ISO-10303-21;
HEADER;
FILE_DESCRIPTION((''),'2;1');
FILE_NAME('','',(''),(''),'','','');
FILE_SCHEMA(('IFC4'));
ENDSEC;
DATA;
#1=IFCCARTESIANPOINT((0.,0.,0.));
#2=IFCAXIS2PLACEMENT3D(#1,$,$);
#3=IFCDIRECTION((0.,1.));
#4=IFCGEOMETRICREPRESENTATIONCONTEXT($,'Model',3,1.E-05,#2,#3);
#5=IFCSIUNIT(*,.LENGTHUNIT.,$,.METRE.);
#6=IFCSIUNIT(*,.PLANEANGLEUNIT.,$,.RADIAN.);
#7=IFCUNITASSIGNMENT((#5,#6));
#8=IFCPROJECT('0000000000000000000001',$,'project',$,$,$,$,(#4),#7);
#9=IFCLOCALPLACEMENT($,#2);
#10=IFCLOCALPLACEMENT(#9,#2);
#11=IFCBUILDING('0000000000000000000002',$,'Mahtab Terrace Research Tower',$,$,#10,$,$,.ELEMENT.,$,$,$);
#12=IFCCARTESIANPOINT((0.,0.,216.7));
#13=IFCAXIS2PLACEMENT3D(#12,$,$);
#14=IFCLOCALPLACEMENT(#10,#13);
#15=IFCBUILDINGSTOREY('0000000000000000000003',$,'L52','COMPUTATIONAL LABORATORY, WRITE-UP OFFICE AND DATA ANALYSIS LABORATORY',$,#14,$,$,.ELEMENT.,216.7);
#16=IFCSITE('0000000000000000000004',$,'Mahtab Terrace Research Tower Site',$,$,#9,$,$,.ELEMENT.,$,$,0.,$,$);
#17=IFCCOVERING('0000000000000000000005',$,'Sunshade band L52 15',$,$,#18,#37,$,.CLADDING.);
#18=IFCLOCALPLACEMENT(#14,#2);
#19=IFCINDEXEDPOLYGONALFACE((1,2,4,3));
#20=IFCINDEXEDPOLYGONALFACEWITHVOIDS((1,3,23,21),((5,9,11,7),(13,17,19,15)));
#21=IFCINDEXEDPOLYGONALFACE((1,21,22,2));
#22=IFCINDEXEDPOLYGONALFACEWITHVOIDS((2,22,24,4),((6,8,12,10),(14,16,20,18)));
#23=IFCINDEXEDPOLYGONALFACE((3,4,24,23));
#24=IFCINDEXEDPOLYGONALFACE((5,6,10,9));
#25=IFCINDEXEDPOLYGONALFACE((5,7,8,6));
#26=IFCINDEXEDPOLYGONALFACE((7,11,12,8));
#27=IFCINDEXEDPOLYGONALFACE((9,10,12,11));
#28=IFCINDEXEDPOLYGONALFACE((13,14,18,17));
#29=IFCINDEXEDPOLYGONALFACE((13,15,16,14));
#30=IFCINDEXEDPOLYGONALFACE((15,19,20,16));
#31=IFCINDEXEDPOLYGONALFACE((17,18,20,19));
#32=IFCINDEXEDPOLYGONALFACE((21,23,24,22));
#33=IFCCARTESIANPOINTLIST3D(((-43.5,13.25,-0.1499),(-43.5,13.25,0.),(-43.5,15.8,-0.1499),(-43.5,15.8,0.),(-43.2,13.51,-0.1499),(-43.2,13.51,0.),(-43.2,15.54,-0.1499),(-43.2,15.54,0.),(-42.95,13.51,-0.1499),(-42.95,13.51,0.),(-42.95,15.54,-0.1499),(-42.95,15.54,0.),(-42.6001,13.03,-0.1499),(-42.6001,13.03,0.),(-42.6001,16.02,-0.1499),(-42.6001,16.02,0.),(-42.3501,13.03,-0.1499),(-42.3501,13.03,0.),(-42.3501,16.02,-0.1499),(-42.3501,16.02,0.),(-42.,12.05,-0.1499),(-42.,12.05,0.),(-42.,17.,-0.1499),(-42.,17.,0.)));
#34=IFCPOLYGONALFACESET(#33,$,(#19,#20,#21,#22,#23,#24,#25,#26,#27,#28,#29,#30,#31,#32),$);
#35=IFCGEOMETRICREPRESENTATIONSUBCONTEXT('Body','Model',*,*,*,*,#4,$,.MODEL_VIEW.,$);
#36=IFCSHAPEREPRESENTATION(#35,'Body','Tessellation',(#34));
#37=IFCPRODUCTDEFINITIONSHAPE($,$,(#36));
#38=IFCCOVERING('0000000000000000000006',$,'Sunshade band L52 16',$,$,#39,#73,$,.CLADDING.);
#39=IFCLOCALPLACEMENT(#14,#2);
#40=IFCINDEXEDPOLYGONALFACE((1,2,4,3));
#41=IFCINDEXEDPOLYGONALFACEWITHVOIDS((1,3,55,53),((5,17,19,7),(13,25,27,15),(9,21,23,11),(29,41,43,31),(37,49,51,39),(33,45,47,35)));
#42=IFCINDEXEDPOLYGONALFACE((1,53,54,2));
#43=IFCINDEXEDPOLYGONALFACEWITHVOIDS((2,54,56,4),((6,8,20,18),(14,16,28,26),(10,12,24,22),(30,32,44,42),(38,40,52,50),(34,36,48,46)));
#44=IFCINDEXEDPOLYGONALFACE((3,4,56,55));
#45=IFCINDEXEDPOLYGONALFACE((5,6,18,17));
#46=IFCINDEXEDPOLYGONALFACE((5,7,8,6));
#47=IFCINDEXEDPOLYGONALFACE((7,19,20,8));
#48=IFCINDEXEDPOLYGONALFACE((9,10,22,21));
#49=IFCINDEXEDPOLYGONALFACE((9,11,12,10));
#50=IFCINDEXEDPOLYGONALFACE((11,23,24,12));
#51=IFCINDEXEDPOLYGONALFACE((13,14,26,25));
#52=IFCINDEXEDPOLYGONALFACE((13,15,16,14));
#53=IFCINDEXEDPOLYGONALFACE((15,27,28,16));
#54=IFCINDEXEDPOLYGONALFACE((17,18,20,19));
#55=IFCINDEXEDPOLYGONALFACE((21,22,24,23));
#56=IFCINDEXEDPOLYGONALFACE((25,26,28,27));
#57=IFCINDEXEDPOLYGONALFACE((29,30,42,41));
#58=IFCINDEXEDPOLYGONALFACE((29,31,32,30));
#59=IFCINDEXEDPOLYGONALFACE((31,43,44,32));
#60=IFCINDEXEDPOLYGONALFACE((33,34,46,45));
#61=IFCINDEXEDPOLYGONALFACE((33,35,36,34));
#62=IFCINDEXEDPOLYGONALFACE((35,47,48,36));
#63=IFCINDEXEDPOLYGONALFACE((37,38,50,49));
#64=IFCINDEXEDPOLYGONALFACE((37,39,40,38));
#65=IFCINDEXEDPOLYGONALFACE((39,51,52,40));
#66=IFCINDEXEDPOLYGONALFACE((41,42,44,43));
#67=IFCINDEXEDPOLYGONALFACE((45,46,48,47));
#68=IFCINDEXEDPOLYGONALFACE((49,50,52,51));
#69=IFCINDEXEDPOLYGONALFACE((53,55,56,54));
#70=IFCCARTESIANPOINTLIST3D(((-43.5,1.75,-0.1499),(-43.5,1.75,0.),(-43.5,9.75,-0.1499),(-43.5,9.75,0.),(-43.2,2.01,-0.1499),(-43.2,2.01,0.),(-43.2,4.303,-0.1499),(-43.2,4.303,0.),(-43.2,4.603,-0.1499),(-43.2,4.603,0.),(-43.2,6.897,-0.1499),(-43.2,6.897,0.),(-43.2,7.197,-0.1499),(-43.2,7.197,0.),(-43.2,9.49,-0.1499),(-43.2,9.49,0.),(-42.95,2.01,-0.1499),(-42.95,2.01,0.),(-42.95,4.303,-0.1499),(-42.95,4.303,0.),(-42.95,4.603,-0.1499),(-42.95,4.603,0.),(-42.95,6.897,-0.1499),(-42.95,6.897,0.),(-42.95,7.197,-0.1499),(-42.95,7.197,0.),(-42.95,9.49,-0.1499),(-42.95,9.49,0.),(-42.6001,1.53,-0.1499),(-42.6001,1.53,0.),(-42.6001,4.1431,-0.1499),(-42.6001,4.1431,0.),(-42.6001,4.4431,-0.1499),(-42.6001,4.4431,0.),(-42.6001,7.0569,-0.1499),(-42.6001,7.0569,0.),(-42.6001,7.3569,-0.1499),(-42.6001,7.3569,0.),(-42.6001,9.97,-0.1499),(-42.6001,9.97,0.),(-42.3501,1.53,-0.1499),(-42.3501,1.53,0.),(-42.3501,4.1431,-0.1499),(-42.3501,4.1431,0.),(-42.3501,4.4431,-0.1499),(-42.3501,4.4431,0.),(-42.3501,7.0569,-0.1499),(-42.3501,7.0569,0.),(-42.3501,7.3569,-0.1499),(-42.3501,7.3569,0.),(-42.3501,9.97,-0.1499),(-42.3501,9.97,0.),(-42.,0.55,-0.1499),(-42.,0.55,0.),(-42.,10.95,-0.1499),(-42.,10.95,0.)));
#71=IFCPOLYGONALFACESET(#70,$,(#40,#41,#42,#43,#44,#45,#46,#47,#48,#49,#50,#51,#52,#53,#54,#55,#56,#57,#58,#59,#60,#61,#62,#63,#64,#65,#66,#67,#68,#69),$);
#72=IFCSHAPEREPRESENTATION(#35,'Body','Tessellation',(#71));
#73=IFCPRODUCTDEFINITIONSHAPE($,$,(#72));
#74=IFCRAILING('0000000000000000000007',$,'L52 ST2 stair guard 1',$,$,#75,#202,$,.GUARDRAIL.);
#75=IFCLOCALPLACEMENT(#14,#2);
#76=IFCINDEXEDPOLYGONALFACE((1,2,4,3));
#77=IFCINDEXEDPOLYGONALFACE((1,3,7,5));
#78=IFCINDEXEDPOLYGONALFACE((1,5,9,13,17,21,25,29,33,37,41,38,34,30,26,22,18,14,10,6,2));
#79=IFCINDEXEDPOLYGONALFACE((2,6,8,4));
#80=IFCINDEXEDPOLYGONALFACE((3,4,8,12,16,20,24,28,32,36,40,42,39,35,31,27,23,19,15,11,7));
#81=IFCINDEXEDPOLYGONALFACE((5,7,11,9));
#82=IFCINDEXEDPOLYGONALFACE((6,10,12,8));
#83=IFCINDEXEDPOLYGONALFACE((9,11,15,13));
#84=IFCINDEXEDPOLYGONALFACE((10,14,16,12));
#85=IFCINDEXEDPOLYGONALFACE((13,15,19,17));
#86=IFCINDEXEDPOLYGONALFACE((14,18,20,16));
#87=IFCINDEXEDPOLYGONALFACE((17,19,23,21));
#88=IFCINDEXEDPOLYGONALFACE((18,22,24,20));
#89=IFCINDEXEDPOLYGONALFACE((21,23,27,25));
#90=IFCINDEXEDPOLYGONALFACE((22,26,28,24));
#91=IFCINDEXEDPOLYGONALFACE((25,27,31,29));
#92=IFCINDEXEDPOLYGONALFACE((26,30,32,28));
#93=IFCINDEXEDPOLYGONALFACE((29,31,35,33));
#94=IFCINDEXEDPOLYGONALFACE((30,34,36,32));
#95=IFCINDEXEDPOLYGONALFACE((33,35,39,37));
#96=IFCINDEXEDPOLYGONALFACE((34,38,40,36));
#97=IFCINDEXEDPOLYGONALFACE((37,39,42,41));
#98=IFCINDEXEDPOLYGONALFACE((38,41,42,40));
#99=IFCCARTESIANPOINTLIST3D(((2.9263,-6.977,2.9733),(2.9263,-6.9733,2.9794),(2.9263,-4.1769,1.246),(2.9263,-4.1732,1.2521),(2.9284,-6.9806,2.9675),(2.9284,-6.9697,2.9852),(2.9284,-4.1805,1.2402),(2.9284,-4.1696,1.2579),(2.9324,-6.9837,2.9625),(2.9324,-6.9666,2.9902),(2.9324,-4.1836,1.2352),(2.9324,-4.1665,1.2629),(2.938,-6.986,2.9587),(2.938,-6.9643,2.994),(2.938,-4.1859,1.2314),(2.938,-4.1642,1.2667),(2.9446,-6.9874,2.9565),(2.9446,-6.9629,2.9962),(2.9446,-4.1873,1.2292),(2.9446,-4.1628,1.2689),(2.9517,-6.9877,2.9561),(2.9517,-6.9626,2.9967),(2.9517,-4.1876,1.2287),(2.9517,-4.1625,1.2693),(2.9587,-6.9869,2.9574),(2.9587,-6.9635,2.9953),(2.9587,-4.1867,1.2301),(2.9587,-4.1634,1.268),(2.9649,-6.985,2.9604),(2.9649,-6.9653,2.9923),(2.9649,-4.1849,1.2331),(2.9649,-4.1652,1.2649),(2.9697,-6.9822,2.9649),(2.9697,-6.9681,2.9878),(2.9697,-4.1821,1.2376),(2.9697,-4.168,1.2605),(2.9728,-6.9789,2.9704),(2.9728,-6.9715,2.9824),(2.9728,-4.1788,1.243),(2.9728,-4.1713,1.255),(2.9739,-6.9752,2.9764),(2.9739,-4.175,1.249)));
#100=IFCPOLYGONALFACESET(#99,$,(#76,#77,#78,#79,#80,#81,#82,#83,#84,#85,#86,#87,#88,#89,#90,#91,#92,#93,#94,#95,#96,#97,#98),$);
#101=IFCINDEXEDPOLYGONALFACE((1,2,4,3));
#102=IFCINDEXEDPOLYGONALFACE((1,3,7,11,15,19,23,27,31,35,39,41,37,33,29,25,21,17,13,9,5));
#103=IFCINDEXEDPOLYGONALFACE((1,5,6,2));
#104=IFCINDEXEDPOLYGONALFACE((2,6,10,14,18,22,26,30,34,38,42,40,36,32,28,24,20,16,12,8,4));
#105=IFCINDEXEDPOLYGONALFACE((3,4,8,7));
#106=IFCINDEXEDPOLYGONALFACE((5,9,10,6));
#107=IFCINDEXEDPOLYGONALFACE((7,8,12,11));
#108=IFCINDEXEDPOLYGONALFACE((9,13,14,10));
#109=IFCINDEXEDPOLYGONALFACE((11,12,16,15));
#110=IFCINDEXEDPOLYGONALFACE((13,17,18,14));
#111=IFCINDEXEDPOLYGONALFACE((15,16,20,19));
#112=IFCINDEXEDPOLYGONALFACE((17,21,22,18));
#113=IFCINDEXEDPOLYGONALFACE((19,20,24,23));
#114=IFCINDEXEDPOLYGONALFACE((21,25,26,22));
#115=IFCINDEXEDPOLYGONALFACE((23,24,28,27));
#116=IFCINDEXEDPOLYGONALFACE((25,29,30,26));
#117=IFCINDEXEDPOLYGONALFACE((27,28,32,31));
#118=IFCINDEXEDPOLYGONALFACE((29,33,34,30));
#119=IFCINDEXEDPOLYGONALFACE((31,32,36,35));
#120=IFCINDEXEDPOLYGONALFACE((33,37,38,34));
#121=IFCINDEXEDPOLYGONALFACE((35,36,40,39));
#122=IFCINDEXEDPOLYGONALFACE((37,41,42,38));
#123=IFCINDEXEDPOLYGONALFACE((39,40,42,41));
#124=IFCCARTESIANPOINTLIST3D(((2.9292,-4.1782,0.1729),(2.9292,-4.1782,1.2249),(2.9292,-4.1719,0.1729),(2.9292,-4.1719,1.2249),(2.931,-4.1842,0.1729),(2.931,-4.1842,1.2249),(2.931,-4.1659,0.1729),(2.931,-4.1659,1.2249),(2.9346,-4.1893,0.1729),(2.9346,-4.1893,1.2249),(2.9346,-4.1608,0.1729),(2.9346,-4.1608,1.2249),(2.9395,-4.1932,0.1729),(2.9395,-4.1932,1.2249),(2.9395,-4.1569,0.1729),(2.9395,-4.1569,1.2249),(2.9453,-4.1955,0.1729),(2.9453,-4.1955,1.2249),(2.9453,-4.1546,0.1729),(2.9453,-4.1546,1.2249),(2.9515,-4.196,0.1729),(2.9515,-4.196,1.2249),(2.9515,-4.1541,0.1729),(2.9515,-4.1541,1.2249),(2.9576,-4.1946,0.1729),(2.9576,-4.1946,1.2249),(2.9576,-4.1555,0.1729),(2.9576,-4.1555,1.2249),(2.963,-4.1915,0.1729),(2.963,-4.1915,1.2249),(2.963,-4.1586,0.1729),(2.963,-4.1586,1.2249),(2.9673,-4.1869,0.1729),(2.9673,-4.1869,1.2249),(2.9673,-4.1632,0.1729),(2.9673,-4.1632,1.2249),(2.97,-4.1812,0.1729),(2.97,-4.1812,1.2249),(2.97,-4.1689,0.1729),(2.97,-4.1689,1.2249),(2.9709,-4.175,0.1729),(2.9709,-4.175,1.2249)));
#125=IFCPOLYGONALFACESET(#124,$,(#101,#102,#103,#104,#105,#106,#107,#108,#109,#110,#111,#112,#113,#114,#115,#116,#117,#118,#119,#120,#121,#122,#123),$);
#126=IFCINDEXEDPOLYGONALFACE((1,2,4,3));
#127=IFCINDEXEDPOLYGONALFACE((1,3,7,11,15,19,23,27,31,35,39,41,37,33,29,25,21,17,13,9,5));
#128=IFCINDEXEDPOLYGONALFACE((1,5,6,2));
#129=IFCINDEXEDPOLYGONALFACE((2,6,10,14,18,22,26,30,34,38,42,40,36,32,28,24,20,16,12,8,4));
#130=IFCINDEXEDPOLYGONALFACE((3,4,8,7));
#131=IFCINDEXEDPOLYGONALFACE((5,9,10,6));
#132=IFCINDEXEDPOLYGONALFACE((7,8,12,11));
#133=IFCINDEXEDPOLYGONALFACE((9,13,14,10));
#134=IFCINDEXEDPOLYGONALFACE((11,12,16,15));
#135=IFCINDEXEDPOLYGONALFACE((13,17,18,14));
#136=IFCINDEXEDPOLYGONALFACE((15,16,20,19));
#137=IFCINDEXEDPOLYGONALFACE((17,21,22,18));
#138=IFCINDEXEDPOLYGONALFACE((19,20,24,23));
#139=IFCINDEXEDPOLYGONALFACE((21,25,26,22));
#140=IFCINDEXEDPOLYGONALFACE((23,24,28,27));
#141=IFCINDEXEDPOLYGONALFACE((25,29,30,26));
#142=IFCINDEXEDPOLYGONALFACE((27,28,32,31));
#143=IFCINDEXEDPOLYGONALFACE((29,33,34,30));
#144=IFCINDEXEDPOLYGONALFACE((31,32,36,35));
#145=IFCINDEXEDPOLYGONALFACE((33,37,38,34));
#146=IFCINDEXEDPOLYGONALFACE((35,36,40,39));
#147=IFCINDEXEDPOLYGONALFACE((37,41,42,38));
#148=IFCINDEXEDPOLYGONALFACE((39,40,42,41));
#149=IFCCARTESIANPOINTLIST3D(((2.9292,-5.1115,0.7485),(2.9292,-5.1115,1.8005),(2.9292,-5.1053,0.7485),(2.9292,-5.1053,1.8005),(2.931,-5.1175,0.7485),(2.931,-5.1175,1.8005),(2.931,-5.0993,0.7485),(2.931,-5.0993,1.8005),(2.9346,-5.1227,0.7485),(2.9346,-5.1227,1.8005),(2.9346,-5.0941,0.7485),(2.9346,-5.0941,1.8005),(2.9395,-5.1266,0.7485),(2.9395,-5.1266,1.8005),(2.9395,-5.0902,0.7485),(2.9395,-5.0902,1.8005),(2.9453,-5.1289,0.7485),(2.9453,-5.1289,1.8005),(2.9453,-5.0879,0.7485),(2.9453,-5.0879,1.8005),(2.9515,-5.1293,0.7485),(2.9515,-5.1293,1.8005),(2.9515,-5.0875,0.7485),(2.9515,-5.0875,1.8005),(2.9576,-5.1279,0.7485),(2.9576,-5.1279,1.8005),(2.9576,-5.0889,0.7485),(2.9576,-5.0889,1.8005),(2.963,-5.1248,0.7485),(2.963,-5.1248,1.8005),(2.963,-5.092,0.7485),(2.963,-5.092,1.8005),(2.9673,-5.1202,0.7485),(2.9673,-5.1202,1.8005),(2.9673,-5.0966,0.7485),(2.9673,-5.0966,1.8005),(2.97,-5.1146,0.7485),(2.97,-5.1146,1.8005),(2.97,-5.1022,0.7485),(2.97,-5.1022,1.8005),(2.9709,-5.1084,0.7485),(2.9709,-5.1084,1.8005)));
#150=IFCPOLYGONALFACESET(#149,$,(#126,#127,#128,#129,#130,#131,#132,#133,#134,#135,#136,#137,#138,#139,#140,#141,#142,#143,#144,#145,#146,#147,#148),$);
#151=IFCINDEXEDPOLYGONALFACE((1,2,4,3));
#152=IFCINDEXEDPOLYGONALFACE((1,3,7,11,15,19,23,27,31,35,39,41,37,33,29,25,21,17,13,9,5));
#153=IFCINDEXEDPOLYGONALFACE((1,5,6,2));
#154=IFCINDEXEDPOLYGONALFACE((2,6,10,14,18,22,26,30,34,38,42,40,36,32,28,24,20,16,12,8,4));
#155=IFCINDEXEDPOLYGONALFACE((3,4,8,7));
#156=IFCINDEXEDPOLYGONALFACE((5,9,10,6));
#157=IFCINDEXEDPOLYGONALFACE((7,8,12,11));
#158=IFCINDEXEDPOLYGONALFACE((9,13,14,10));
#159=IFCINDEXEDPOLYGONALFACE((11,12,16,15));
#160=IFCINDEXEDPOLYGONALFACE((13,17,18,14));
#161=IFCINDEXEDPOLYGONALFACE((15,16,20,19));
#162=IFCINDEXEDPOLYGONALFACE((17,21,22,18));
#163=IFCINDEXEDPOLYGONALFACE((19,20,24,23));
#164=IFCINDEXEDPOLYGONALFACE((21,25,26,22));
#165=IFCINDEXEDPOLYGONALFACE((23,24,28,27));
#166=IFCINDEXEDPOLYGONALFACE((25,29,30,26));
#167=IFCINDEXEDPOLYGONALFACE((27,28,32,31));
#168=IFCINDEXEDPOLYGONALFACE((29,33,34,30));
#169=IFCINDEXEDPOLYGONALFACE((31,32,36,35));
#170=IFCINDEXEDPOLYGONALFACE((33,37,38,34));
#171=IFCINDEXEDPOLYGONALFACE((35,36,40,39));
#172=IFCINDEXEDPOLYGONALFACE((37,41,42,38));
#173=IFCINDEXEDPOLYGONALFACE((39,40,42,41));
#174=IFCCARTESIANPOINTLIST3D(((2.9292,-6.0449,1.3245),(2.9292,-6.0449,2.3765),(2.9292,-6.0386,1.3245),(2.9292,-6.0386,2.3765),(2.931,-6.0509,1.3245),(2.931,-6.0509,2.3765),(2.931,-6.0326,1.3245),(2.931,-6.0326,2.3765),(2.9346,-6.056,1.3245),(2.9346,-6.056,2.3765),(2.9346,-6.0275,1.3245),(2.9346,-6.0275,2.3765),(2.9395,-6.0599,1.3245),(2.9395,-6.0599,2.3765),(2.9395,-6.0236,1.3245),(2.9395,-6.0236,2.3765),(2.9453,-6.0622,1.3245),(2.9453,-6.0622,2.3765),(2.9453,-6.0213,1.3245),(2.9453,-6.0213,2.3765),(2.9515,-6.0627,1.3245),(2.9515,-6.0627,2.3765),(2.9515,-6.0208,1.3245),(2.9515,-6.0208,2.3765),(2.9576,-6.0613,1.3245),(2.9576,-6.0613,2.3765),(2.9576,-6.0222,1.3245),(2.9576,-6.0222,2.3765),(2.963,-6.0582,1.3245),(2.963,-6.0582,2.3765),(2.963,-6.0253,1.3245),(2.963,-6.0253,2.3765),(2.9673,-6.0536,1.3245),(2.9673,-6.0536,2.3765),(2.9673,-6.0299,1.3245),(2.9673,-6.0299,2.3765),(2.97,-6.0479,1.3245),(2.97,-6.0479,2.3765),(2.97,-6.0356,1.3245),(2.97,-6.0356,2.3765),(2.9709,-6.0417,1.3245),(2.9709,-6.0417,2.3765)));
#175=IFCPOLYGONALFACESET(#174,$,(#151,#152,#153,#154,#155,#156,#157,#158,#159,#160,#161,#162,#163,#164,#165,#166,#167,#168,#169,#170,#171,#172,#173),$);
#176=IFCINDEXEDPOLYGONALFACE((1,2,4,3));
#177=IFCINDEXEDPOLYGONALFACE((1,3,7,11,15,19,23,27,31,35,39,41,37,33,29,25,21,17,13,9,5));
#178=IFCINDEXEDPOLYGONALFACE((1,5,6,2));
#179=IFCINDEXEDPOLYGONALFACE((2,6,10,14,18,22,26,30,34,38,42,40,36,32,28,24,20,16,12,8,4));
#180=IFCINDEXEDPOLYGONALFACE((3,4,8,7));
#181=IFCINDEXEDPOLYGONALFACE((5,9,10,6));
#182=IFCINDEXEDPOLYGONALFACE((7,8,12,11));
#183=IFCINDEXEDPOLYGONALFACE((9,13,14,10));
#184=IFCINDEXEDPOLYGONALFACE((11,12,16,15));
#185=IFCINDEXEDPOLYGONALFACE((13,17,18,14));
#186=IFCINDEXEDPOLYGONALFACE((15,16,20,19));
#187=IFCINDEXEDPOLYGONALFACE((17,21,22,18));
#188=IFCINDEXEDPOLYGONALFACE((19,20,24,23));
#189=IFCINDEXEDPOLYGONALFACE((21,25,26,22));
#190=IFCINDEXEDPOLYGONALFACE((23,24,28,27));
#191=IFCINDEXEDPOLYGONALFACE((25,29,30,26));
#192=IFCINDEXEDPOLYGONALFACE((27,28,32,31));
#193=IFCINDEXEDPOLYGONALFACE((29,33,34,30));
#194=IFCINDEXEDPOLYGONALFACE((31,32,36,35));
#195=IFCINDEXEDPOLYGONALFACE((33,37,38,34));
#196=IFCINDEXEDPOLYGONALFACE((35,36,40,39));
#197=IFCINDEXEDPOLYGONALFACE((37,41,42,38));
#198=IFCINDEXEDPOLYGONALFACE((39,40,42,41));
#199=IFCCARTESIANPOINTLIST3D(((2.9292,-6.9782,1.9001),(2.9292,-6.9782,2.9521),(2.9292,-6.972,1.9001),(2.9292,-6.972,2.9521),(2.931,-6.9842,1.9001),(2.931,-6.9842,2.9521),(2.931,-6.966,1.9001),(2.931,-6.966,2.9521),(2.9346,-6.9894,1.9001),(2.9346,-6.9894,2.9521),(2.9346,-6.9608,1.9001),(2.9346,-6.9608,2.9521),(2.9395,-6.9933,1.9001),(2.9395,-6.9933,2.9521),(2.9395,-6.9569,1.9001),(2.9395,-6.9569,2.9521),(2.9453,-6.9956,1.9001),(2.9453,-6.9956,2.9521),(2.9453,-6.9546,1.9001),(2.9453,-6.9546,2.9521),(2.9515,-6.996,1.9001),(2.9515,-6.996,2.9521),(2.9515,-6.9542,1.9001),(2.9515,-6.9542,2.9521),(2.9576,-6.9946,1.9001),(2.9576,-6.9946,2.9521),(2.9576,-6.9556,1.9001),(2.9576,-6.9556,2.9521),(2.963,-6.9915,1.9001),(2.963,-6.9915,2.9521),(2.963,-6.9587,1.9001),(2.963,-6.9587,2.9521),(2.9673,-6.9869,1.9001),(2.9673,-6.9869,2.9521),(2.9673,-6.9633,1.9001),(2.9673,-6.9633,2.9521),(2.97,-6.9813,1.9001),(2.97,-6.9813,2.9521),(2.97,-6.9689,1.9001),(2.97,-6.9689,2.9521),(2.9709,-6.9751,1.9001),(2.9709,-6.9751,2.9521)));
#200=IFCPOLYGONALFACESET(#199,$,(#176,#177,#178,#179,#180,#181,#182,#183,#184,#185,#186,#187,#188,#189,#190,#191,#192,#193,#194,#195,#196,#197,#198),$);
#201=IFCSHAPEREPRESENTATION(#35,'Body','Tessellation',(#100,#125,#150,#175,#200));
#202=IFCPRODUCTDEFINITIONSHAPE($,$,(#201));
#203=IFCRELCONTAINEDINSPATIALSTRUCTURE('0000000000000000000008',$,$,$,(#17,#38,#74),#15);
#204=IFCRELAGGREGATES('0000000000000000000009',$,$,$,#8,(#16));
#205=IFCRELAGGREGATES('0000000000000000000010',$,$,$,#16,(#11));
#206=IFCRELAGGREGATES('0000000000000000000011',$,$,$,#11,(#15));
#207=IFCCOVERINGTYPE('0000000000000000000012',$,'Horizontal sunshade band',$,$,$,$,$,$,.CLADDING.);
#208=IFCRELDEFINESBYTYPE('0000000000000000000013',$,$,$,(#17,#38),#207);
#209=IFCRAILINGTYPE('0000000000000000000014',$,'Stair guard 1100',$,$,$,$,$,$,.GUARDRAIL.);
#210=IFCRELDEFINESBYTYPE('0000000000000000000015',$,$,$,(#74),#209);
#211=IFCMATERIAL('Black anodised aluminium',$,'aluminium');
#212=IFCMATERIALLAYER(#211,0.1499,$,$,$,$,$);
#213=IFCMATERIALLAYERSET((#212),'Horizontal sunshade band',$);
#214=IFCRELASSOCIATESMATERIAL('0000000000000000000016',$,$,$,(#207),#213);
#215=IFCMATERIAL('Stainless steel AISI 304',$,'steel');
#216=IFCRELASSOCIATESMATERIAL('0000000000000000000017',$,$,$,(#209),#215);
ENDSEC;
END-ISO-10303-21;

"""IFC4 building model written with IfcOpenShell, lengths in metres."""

from ifc_helpers import new_model, si_unit, direction, frame, origin, origin_2d, place, context, subcontext, project, spatial, polyline, circle, outline, extrude, material, layer, layer_set, type_object, element, save


model = new_model("IFC4")

# Units and contexts
model_context = context("Model", 3, precision=1e-05, world=origin(), true_north=direction((0.0, 1.0)))
body_context = subcontext(model_context, "Body", "Model", "MODEL_VIEW")
ifc_project = project(units=[si_unit("LENGTHUNIT", "METRE"), si_unit("PLANEANGLEUNIT", "RADIAN")], contexts=[model_context])

# Site, building, storey
site_placement = place(None, origin())
site = spatial("IfcSite", under=ifc_project, at=site_placement, Name="Mahtab Terrace Research Tower Site", CompositionType="ELEMENT", RefElevation=0.0)
building_placement = place(site_placement, origin())
building = spatial("IfcBuilding", under=site, at=building_placement, Name="Mahtab Terrace Research Tower", CompositionType="ELEMENT")
storey_placement = place(building_placement, frame((0.0, 0.0, 216.7)))
storey = spatial("IfcBuildingStorey", under=building, at=storey_placement, Name="L52", Description="COMPUTATIONAL LABORATORY, WRITE-UP OFFICE AND DATA ANALYSIS LABORATORY", CompositionType="ELEMENT", Elevation=216.7)

# Coverings
ifc_material_1 = material(Name="Black anodised aluminium", Category="aluminium")
ifc_layer_1 = layer(ifc_material_1, 0.1499)
ifc_layer_set_1 = layer_set([ifc_layer_1], Name="Horizontal sunshade band")
covering_type = type_object("IfcCoveringType", Name="Horizontal sunshade band", PredefinedType="CLADDING", material=ifc_layer_set_1)
covering_1_placement = place(storey_placement, frame((0.0, 0.0, -0.1499)))
element("IfcCovering", 1, at=covering_1_placement, inside=storey, type_object=covering_type, Name="Sunshade band L52 15", PredefinedType="CLADDING", context=body_context, shape_type="SweptSolid", body=[
    extrude(outline(polyline([(-42.0, 17.0), (-42.0, 12.05), (-43.5, 13.25), (-43.5, 15.8), (-42.0, 17.0)]), holes=[polyline([(-42.3501, 16.02), (-42.3501, 13.03), (-42.6001, 13.03), (-42.6001, 16.02), (-42.3501, 16.02)]), polyline([(-42.95, 15.54), (-42.95, 13.51), (-43.2, 13.51), (-43.2, 15.54), (-42.95, 15.54)])]), origin(), (0.0, 0.0, 1.0), 0.1499),
])
covering_2_placement = place(storey_placement, frame((0.0, 0.0, -0.1499)))
element("IfcCovering", 2, at=covering_2_placement, inside=storey, type_object=covering_type, Name="Sunshade band L52 16", PredefinedType="CLADDING", context=body_context, shape_type="SweptSolid", body=[
    extrude(outline(polyline([(-42.0, 10.95), (-42.0, 0.55), (-43.5, 1.75), (-43.5, 9.75), (-42.0, 10.95)]), holes=[polyline([(-42.3501, 9.97), (-42.3501, 7.3569), (-42.6001, 7.3569), (-42.6001, 9.97), (-42.3501, 9.97)]), polyline([(-42.3501, 7.0569), (-42.3501, 4.4431), (-42.6001, 4.4431), (-42.6001, 7.0569), (-42.3501, 7.0569)]), polyline([(-42.3501, 4.1431), (-42.3501, 1.53), (-42.6001, 1.53), (-42.6001, 4.1431), (-42.3501, 4.1431)]), polyline([(-42.95, 9.49), (-42.95, 7.197), (-43.2, 7.197), (-43.2, 9.49), (-42.95, 9.49)]), polyline([(-42.95, 6.897), (-42.95, 4.603), (-43.2, 4.603), (-43.2, 6.897), (-42.95, 6.897)]), polyline([(-42.95, 4.303), (-42.95, 2.01), (-43.2, 2.01), (-43.2, 4.303), (-42.95, 4.303)])]), origin(), (0.0, 0.0, 1.0), 0.1499),
])

# Railing
ifc_material_2 = material(Name="Stainless steel AISI 304", Category="steel")
railing_type_1 = type_object("IfcRailingType", Name="Stair guard 1100", PredefinedType="GUARDRAIL", material=ifc_material_2)
railing_1_placement = place(storey_placement, frame((2.95, -4.175, 0.1729)))
element("IfcRailing", 3, at=railing_1_placement, inside=storey, type_object=railing_type_1, Name="L52 ST2 stair guard 1", PredefinedType="GUARDRAIL", context=body_context, shape_type="SweptSolid", body=[
    extrude(circle(Radius=0.0239, at=origin_2d()), frame((0.0, 0.0, 1.0762), z_axis=(0.0, -0.85109, 0.52502), x_axis=(1.0, 0.0, 0.0)), (0.0, 0.0, 1.0), 3.29),
    extrude(circle(Radius=0.021, at=origin_2d()), origin(), (0.0, 0.0, 1.0), 1.052),
    extrude(circle(Radius=0.021, at=origin_2d()), frame((0.0, -0.9333, 0.5757)), (0.0, 0.0, 1.0), 1.052),
    extrude(circle(Radius=0.021, at=origin_2d()), frame((0.0, -1.8667, 1.1516)), (0.0, 0.0, 1.0), 1.052),
    extrude(circle(Radius=0.021, at=origin_2d()), frame((0.0, -2.8, 1.7273)), (0.0, 0.0, 1.0), 1.052),
])

save(model, "model.ifc")
